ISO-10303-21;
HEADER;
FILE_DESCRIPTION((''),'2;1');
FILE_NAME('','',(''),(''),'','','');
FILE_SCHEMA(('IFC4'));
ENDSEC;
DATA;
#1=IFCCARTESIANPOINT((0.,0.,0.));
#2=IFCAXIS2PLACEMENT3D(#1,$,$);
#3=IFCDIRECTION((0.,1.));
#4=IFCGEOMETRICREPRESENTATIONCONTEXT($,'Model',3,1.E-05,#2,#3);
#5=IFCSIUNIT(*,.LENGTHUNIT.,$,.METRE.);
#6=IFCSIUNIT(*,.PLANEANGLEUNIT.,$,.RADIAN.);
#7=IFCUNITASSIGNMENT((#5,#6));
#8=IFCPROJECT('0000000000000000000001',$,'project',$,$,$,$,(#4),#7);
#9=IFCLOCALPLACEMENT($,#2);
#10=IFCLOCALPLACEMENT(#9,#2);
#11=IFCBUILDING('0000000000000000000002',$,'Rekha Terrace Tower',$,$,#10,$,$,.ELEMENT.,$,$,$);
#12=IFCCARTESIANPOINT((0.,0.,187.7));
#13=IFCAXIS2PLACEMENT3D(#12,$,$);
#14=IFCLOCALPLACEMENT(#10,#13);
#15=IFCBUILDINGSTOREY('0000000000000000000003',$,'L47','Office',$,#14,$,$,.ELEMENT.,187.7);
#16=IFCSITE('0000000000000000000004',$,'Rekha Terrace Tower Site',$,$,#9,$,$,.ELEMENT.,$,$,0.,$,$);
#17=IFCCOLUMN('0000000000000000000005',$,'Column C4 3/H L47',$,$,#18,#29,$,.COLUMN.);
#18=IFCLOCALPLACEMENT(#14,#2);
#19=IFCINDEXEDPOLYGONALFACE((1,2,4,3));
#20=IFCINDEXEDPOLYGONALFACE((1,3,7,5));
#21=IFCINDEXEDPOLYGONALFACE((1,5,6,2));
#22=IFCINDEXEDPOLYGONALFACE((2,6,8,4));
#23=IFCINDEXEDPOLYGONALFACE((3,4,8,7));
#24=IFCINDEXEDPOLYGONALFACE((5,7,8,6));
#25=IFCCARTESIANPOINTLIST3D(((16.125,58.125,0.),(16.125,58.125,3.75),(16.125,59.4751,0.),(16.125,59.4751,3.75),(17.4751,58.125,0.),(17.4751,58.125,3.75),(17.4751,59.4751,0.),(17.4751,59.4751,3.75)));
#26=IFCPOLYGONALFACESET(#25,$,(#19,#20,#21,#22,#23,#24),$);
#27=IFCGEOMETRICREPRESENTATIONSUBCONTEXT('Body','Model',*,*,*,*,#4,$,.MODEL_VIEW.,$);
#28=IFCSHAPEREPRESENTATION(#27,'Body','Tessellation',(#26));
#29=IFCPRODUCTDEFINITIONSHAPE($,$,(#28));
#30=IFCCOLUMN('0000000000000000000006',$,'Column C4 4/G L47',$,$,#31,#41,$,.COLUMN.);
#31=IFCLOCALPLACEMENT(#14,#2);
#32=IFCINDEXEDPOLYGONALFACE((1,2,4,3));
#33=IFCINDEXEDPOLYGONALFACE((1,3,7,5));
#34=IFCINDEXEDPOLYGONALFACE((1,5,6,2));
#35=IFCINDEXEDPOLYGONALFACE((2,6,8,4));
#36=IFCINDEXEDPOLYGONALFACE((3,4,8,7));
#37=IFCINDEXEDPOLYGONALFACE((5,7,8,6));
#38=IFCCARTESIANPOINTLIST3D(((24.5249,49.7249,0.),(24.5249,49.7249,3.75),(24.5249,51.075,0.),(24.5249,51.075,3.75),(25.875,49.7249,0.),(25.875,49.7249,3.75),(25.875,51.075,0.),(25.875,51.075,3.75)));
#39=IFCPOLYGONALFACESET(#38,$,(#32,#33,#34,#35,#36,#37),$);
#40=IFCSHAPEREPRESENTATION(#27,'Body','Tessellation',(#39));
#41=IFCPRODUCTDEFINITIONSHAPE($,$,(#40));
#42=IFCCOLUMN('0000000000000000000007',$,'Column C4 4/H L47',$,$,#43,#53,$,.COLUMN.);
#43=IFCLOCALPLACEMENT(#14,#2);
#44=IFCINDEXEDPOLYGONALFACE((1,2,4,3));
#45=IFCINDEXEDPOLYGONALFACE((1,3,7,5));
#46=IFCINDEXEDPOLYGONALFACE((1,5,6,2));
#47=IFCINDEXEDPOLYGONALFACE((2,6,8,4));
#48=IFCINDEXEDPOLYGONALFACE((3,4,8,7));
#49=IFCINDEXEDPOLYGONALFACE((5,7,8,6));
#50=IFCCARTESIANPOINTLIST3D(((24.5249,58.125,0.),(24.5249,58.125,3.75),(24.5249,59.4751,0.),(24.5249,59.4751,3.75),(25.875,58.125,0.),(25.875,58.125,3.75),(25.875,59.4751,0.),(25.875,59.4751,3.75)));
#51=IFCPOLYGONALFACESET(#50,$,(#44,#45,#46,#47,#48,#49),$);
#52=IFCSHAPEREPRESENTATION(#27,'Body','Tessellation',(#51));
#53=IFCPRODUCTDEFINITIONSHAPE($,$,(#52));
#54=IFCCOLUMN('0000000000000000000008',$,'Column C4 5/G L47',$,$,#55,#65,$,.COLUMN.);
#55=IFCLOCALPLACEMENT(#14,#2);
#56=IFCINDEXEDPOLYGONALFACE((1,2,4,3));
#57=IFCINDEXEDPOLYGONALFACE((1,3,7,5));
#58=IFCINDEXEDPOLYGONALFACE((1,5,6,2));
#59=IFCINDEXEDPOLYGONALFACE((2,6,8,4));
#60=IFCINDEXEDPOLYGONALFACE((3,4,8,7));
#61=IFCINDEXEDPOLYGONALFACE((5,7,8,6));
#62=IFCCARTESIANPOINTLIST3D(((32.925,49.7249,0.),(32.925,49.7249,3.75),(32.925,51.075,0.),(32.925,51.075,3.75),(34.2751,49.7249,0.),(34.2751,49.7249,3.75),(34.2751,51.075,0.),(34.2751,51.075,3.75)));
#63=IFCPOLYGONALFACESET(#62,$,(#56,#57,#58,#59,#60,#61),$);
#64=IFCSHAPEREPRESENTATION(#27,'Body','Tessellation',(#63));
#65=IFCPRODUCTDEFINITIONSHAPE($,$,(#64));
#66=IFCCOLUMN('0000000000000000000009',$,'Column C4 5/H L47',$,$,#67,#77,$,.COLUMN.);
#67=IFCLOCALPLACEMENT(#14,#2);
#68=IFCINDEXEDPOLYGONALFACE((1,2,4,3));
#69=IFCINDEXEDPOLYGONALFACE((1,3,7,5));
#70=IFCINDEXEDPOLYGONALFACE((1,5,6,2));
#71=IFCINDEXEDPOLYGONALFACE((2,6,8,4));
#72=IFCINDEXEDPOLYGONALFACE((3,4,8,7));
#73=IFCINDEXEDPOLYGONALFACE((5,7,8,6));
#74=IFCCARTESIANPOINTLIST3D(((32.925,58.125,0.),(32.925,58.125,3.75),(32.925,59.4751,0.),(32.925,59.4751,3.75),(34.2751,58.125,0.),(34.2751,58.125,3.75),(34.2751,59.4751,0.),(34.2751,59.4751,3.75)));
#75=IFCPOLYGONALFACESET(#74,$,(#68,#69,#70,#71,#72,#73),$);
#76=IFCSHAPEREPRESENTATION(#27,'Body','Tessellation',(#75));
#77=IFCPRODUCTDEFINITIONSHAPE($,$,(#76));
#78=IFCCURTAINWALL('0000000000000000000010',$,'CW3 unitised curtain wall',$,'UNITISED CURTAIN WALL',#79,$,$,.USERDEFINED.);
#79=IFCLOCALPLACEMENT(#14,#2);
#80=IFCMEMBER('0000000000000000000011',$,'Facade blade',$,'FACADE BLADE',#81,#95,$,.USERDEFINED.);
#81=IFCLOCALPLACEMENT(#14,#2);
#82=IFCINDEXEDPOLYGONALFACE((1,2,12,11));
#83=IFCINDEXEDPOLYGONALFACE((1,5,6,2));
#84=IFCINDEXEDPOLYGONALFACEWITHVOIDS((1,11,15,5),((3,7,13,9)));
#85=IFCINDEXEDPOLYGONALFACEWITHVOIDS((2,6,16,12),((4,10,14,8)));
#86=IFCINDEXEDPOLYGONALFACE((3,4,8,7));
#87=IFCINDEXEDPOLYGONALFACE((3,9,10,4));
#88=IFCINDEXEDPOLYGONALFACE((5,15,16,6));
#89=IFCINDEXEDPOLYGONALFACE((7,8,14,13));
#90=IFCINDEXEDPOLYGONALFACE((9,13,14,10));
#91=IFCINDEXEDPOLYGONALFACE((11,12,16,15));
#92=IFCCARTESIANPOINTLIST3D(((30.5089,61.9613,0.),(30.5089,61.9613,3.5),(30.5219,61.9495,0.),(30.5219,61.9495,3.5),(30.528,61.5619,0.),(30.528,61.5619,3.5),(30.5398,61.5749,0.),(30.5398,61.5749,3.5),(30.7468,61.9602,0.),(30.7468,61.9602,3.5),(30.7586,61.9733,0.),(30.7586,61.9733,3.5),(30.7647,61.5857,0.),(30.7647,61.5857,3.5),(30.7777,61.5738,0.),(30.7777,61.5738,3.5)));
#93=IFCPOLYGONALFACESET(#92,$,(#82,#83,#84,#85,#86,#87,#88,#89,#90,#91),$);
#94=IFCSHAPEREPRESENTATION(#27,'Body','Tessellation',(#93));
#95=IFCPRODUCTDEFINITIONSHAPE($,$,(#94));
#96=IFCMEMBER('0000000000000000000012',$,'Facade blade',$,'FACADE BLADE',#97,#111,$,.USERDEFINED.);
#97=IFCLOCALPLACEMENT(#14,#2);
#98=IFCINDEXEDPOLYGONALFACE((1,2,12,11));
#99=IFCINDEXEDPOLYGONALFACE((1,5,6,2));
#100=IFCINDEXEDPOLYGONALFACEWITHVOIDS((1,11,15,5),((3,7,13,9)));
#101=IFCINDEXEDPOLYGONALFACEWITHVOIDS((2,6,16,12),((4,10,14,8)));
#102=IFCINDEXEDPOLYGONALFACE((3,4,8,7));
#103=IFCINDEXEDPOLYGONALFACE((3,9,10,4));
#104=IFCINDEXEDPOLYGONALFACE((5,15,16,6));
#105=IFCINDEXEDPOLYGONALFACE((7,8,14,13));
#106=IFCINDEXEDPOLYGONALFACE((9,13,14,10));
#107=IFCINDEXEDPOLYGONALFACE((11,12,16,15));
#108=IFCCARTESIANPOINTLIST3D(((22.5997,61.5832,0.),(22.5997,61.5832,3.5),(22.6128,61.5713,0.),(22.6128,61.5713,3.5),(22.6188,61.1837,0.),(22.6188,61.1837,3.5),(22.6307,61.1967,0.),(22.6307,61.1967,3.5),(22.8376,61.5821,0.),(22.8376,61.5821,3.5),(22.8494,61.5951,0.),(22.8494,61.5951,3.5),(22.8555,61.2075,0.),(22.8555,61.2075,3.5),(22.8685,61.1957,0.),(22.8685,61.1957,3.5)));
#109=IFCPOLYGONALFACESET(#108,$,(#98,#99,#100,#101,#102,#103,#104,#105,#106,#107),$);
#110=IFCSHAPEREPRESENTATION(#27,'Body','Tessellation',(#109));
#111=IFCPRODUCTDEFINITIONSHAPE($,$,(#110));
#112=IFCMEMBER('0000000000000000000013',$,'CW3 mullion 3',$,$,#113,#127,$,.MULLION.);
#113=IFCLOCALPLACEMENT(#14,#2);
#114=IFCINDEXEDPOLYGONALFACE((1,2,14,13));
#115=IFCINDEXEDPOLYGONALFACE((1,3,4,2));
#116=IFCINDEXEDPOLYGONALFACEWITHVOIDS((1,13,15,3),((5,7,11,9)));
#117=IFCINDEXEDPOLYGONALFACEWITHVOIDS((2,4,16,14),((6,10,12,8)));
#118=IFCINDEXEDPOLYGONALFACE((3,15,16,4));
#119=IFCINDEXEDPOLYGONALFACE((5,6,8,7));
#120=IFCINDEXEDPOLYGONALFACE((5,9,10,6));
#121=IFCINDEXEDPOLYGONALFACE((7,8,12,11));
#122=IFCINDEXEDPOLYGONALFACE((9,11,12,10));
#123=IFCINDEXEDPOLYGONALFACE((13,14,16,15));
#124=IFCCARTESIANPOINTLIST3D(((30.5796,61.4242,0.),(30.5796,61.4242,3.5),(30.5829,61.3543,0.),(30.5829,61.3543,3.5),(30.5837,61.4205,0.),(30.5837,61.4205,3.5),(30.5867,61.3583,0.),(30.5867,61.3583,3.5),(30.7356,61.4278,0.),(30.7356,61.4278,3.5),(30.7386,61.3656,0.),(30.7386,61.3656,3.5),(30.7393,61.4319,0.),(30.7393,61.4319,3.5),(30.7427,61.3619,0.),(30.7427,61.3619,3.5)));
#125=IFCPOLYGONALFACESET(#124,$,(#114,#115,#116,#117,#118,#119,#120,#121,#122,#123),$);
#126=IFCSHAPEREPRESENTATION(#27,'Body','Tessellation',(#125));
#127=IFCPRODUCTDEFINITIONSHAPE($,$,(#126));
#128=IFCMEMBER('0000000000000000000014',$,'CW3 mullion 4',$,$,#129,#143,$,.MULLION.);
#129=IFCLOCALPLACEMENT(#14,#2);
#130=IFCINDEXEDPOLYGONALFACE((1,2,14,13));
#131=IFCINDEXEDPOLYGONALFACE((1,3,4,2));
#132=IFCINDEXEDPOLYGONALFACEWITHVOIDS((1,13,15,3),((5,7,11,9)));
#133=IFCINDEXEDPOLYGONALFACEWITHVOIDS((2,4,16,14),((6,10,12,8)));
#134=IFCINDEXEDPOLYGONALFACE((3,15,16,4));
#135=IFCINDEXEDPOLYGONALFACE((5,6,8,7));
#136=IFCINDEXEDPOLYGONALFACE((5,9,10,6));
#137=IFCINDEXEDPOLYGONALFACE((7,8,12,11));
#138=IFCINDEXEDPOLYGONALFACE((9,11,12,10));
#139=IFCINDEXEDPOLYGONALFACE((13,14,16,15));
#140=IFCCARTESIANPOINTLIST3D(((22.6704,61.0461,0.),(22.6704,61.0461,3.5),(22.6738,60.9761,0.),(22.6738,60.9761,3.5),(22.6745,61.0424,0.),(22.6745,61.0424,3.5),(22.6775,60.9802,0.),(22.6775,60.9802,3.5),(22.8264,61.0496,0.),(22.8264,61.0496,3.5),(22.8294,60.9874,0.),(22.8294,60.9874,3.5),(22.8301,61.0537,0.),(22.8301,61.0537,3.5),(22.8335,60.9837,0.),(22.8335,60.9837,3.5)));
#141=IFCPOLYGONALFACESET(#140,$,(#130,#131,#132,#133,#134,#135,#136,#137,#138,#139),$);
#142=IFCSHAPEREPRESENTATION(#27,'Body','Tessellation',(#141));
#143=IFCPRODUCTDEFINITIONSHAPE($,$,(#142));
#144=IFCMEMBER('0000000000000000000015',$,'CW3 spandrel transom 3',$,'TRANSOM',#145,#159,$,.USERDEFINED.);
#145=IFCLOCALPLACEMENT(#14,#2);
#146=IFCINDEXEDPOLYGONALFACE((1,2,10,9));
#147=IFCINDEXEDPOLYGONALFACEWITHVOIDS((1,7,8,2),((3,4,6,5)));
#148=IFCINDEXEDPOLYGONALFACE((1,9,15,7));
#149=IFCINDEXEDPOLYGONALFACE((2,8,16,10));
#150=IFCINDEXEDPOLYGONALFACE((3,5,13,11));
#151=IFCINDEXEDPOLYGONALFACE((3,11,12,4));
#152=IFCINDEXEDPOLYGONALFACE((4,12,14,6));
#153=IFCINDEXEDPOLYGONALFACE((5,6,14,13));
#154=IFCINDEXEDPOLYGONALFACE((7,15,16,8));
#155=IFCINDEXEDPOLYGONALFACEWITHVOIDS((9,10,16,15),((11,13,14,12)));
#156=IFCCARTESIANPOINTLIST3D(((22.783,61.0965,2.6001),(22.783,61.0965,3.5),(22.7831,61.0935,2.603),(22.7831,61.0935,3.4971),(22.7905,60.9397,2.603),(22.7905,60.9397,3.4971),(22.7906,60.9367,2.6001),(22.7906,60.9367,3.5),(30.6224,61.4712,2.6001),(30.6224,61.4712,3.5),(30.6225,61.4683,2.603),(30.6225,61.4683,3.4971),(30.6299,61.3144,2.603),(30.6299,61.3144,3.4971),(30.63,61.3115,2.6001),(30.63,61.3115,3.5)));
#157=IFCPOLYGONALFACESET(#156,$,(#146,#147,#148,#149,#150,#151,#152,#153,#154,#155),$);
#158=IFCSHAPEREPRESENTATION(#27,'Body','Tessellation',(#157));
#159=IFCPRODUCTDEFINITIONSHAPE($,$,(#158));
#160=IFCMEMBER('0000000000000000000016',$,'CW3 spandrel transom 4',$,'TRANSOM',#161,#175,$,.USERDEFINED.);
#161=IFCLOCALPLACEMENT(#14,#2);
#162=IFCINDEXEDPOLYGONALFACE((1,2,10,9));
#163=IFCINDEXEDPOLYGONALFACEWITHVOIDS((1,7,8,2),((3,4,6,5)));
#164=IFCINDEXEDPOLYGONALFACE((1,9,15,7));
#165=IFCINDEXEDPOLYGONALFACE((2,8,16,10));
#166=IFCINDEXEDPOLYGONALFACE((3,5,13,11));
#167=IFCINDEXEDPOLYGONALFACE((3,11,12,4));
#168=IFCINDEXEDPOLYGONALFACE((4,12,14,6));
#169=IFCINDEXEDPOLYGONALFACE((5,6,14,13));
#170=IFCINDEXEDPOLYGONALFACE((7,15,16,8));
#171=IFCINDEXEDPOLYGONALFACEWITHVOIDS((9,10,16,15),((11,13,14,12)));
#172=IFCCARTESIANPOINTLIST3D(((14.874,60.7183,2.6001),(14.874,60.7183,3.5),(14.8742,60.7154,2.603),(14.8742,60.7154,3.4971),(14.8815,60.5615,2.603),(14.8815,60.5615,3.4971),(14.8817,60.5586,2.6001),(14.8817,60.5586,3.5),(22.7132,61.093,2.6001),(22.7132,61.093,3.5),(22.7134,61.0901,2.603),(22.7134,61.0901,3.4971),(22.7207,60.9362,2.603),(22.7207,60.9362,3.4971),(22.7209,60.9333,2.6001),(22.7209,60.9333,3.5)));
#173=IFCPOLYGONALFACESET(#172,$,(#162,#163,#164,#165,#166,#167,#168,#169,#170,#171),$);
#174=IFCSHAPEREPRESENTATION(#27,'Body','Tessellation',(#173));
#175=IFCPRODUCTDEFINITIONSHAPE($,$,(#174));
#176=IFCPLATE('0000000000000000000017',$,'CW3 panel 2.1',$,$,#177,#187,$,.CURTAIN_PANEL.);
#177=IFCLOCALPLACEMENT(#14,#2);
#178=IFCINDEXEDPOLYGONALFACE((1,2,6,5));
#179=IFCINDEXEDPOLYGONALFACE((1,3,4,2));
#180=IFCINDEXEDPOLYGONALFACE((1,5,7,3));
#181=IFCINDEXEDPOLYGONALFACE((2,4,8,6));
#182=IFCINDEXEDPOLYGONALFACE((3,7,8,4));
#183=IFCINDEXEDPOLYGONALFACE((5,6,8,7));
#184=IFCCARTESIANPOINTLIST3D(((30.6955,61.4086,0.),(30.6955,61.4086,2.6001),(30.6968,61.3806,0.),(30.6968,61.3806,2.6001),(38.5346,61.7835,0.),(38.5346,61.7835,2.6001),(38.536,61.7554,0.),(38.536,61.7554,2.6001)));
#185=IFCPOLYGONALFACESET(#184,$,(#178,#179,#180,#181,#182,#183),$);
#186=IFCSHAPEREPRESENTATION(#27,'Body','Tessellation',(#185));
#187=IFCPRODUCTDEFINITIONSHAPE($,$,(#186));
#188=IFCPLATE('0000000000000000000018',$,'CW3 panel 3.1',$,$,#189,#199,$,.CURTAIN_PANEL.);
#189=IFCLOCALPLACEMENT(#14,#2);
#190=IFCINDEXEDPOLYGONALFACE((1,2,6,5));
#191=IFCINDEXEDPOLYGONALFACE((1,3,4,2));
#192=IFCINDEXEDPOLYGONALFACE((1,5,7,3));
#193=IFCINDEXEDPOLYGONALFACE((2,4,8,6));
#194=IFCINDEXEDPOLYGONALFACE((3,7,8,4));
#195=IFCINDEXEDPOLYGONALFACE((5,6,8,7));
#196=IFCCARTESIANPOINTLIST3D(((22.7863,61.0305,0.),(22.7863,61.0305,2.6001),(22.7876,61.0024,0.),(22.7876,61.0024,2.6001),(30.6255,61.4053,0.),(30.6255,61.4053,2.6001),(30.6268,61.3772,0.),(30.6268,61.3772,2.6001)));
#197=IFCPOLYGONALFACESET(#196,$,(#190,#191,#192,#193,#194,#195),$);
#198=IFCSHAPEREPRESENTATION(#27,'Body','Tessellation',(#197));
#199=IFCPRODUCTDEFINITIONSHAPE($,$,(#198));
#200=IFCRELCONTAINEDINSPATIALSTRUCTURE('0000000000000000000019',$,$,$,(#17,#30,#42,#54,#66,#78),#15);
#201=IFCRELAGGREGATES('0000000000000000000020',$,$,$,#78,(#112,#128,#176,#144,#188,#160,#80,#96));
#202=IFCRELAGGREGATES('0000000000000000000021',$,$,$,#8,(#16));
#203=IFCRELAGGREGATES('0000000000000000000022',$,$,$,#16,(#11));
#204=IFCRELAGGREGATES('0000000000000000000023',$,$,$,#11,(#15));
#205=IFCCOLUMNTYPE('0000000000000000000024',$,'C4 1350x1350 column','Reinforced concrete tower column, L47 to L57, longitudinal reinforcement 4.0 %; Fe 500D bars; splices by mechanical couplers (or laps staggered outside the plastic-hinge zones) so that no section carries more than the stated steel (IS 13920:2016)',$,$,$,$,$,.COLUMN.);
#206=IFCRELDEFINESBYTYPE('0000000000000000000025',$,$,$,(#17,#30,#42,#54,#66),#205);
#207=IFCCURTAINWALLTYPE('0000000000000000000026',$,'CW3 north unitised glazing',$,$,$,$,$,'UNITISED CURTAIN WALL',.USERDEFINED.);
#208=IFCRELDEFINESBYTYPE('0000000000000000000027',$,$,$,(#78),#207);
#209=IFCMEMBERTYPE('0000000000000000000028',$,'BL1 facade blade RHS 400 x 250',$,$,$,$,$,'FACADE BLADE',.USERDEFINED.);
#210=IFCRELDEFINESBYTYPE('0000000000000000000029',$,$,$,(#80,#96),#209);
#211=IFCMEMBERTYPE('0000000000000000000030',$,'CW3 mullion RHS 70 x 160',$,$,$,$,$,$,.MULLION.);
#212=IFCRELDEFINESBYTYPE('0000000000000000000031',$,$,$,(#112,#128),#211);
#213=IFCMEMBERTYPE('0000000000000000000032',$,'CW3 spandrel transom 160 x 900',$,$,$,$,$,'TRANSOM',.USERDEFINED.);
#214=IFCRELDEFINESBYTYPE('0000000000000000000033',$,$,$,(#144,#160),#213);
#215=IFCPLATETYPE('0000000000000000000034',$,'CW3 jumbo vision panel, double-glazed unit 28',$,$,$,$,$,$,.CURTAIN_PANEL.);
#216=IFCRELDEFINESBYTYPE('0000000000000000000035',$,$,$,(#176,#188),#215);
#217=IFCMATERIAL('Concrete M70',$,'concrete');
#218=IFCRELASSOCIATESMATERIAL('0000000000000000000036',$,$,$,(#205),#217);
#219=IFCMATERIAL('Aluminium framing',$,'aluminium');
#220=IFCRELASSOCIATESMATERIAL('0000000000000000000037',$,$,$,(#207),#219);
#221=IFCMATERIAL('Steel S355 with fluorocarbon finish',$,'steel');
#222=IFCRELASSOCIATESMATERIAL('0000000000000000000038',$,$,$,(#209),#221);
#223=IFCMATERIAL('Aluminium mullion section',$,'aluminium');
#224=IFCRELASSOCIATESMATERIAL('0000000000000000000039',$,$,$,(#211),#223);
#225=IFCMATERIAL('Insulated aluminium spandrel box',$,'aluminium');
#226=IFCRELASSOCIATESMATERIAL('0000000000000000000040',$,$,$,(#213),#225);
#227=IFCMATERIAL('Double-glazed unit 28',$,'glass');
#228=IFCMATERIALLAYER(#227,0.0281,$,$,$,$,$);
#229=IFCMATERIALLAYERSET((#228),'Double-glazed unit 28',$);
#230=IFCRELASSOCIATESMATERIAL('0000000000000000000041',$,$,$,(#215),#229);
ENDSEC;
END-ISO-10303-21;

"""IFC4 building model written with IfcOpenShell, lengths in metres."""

from ifc_helpers import new_model, si_unit, direction, frame, origin, origin_2d, place, context, subcontext, project, spatial, rectangle, hollow_rectangle, extrude, material, layer, layer_set, material_profile, profile_set, type_object, element, aggregate, save


model = new_model("IFC4")

# Units and contexts
model_context = context("Model", 3, precision=1e-05, world=origin(), true_north=direction((0.0, 1.0)))
body_context = subcontext(model_context, "Body", "Model", "MODEL_VIEW")
ifc_project = project(units=[si_unit("LENGTHUNIT", "METRE"), si_unit("PLANEANGLEUNIT", "RADIAN")], contexts=[model_context])

# Site, building, storey
site_placement = place(None, origin())
site = spatial("IfcSite", under=ifc_project, at=site_placement, Name="Rekha Terrace Tower Site", CompositionType="ELEMENT", RefElevation=0.0)
building_placement = place(site_placement, origin())
building = spatial("IfcBuilding", under=site, at=building_placement, Name="Rekha Terrace Tower", CompositionType="ELEMENT")
storey_placement = place(building_placement, frame((0.0, 0.0, 187.7)))
storey = spatial("IfcBuildingStorey", under=building, at=storey_placement, Name="L47", Description="Office", CompositionType="ELEMENT", Elevation=187.7)

# Columns
ifc_material_1 = material(Name="Concrete M70", Category="concrete")
ifc_material_profile_1 = material_profile(ifc_material_1, rectangle(XDim=1.3501, YDim=1.3501, at=origin_2d()), Name="RC 1350x1350")
ifc_profile_set_1 = profile_set([ifc_material_profile_1], Name="Concrete M70")
column_type = type_object("IfcColumnType", Name="C4 1350x1350 column", Description="Reinforced concrete tower column, L47 to L57, longitudinal reinforcement 4.0 %; Fe 500D bars; splices by mechanical couplers (or laps staggered outside the plastic-hinge zones) so that no section carries more than the stated steel (IS 13920:2016)", PredefinedType="COLUMN", material=ifc_profile_set_1)
for number, where, z_axis, x_axis, name in (
    (1, (16.8, 58.8, 0.0), (0.0, 0.0, 1.0), (1.0, 0.0, 0.0), "Column C4 3/H L47"),
    (2, (25.2, 50.3999, 0.0), (0.0, 0.0, 1.0), (1.0, 0.0, 0.0), "Column C4 4/G L47"),
    (3, (25.2, 58.8, 0.0), (0.0, 0.0, 1.0), (1.0, 0.0, 0.0), "Column C4 4/H L47"),
    (4, (33.6001, 50.3999, 0.0), (0.0, 0.0, 1.0), (1.0, 0.0, 0.0), "Column C4 5/G L47"),
    (5, (33.6001, 58.8, 0.0), (0.0, 0.0, 1.0), (1.0, 0.0, 0.0), "Column C4 5/H L47"),
):
    element("IfcColumn", number, at=place(storey_placement, frame(where, z_axis=z_axis, x_axis=x_axis)), inside=storey, type_object=column_type, Name=name, PredefinedType="COLUMN", context=body_context, shape_type="SweptSolid", body=[
        extrude(rectangle(XDim=1.3501, YDim=1.3501, at=origin_2d()), origin(), (0.0, 0.0, 1.0), 3.75),
    ])

# Curtain wall, members, plates
ifc_material_2 = material(Name="Aluminium framing", Category="aluminium")
curtain_wall_type = type_object("IfcCurtainWallType", Name="CW3 north unitised glazing", ElementType="UNITISED CURTAIN WALL", PredefinedType="USERDEFINED", material=ifc_material_2)
curtain_wall_placement = place(storey_placement, origin())
curtain_wall = element("IfcCurtainWall", 6, at=curtain_wall_placement, inside=storey, type_object=curtain_wall_type, Name="CW3 unitised curtain wall", ObjectType="UNITISED CURTAIN WALL", PredefinedType="USERDEFINED")
ifc_material_3 = material(Name="Steel S355 with fluorocarbon finish", Category="steel")
ifc_material_profile_2 = material_profile(ifc_material_3, hollow_rectangle(XDim=0.25, YDim=0.3999, WallThickness=0.0125, at=origin_2d()), Name="RHS400x250x12.5")
ifc_profile_set_2 = profile_set([ifc_material_profile_2], Name="Steel S355 with fluorocarbon finish")
member_type_1 = type_object("IfcMemberType", Name="BL1 facade blade RHS 400 x 250", ElementType="FACADE BLADE", PredefinedType="USERDEFINED", material=ifc_profile_set_2)
member_1_placement = place(storey_placement, frame((30.6433, 61.7676, 0.0), z_axis=(0.0, 0.0, 1.0), x_axis=(-0.998859, -0.047758, 0.0)))
member_1 = element("IfcMember", 7, at=member_1_placement, type_object=member_type_1, Name="Facade blade", ObjectType="FACADE BLADE", PredefinedType="USERDEFINED", context=body_context, shape_type="SweptSolid", body=[
    extrude(hollow_rectangle(XDim=0.25, YDim=0.3999, WallThickness=0.0125, at=origin_2d()), origin(), (0.0, 0.0, 1.0), 3.5),
])
member_2_placement = place(storey_placement, frame((22.7341, 61.3894, 0.0), z_axis=(0.0, 0.0, 1.0), x_axis=(-0.998859, -0.047758, 0.0)))
member_2 = element("IfcMember", 8, at=member_2_placement, type_object=member_type_1, Name="Facade blade", ObjectType="FACADE BLADE", PredefinedType="USERDEFINED", context=body_context, shape_type="SweptSolid", body=[
    extrude(hollow_rectangle(XDim=0.25, YDim=0.3999, WallThickness=0.0125, at=origin_2d()), origin(), (0.0, 0.0, 1.0), 3.5),
])
ifc_material_4 = material(Name="Aluminium mullion section", Category="aluminium")
ifc_material_profile_3 = material_profile(ifc_material_4, hollow_rectangle(XDim=0.0701, YDim=0.1599, WallThickness=0.0039, at=origin_2d()), Name="AL RHS 70x160")
ifc_profile_set_3 = profile_set([ifc_material_profile_3], Name="Aluminium mullion section")
member_type_2 = type_object("IfcMemberType", Name="CW3 mullion RHS 70 x 160", PredefinedType="MULLION", material=ifc_profile_set_3)
member_3_placement = place(storey_placement, frame((30.6611, 61.3931, 0.0), z_axis=(0.0, 0.0, 1.0), x_axis=(0.047759, -0.998859, 0.0)))
member_3 = element("IfcMember", 9, at=member_3_placement, type_object=member_type_2, Name="CW3 mullion 3", PredefinedType="MULLION", context=body_context, shape_type="SweptSolid", body=[
    extrude(hollow_rectangle(XDim=0.0701, YDim=0.1599, WallThickness=0.0039, at=origin_2d()), origin(), (0.0, 0.0, 1.0), 3.5),
])
member_4_placement = place(storey_placement, frame((22.752, 61.0149, 0.0), z_axis=(0.0, 0.0, 1.0), x_axis=(0.047759, -0.998859, 0.0)))
member_4 = element("IfcMember", 10, at=member_4_placement, type_object=member_type_2, Name="CW3 mullion 4", PredefinedType="MULLION", context=body_context, shape_type="SweptSolid", body=[
    extrude(hollow_rectangle(XDim=0.0701, YDim=0.1599, WallThickness=0.0039, at=origin_2d()), origin(), (0.0, 0.0, 1.0), 3.5),
])
ifc_material_5 = material(Name="Insulated aluminium spandrel box", Category="aluminium")
ifc_material_profile_4 = material_profile(ifc_material_5, hollow_rectangle(XDim=0.1599, YDim=0.8999, WallThickness=0.0029, at=origin_2d()), Name="AL SPANDREL BOX 160x900")
ifc_profile_set_4 = profile_set([ifc_material_profile_4], Name="Insulated aluminium spandrel box")
member_type_3 = type_object("IfcMemberType", Name="CW3 spandrel transom 160 x 900", ElementType="TRANSOM", PredefinedType="USERDEFINED", material=ifc_profile_set_4)
member_5_placement = place(storey_placement, frame((30.6262, 61.3914, 3.05), z_axis=(-0.998859, -0.04775, 0.0), x_axis=(0.04775, -0.998859, 0.0)))
member_5 = element("IfcMember", 11, at=member_5_placement, type_object=member_type_3, Name="CW3 spandrel transom 3", ObjectType="TRANSOM", PredefinedType="USERDEFINED", context=body_context, shape_type="SweptSolid", body=[
    extrude(hollow_rectangle(XDim=0.1599, YDim=0.8999, WallThickness=0.0029, at=origin_2d()), origin(), (0.0, 0.0, 1.0), 7.8484),
])
member_6_placement = place(storey_placement, frame((22.717, 61.0132, 3.05), z_axis=(-0.998859, -0.047751, 0.0), x_axis=(0.047751, -0.998859, 0.0)))
member_6 = element("IfcMember", 12, at=member_6_placement, type_object=member_type_3, Name="CW3 spandrel transom 4", ObjectType="TRANSOM", PredefinedType="USERDEFINED", context=body_context, shape_type="SweptSolid", body=[
    extrude(hollow_rectangle(XDim=0.1599, YDim=0.8999, WallThickness=0.0029, at=origin_2d()), origin(), (0.0, 0.0, 1.0), 7.8481),
])
ifc_material_6 = material(Name="Double-glazed unit 28", Category="glass")
ifc_layer_1 = layer(ifc_material_6, 0.0281)
ifc_layer_set_1 = layer_set([ifc_layer_1], Name="Double-glazed unit 28")
plate_type = type_object("IfcPlateType", Name="CW3 jumbo vision panel, double-glazed unit 28", PredefinedType="CURTAIN_PANEL", material=ifc_layer_set_1)
plate_1_placement = place(storey_placement, frame((34.6157, 61.582, 0.0), z_axis=(0.0, 0.0, 1.0), x_axis=(-0.998859, -0.047759, 0.0)))
plate_1 = element("IfcPlate", 13, at=plate_1_placement, type_object=plate_type, Name="CW3 panel 2.1", PredefinedType="CURTAIN_PANEL", context=body_context, shape_type="SweptSolid", body=[
    extrude(rectangle(XDim=7.8481, YDim=0.0281, at=origin_2d()), origin(), (0.0, 0.0, 1.0), 2.6001),
])
plate_2_placement = place(storey_placement, frame((26.7065, 61.2039, 0.0), z_axis=(0.0, 0.0, 1.0), x_axis=(-0.998859, -0.047759, 0.0)))
plate_2 = element("IfcPlate", 14, at=plate_2_placement, type_object=plate_type, Name="CW3 panel 3.1", PredefinedType="CURTAIN_PANEL", context=body_context, shape_type="SweptSolid", body=[
    extrude(rectangle(XDim=7.8481, YDim=0.0281, at=origin_2d()), origin(), (0.0, 0.0, 1.0), 2.6001),
])
aggregate(curtain_wall, [member_3, member_4, plate_1, member_5, plate_2, member_6, member_1, member_2])

save(model, "model.ifc")
